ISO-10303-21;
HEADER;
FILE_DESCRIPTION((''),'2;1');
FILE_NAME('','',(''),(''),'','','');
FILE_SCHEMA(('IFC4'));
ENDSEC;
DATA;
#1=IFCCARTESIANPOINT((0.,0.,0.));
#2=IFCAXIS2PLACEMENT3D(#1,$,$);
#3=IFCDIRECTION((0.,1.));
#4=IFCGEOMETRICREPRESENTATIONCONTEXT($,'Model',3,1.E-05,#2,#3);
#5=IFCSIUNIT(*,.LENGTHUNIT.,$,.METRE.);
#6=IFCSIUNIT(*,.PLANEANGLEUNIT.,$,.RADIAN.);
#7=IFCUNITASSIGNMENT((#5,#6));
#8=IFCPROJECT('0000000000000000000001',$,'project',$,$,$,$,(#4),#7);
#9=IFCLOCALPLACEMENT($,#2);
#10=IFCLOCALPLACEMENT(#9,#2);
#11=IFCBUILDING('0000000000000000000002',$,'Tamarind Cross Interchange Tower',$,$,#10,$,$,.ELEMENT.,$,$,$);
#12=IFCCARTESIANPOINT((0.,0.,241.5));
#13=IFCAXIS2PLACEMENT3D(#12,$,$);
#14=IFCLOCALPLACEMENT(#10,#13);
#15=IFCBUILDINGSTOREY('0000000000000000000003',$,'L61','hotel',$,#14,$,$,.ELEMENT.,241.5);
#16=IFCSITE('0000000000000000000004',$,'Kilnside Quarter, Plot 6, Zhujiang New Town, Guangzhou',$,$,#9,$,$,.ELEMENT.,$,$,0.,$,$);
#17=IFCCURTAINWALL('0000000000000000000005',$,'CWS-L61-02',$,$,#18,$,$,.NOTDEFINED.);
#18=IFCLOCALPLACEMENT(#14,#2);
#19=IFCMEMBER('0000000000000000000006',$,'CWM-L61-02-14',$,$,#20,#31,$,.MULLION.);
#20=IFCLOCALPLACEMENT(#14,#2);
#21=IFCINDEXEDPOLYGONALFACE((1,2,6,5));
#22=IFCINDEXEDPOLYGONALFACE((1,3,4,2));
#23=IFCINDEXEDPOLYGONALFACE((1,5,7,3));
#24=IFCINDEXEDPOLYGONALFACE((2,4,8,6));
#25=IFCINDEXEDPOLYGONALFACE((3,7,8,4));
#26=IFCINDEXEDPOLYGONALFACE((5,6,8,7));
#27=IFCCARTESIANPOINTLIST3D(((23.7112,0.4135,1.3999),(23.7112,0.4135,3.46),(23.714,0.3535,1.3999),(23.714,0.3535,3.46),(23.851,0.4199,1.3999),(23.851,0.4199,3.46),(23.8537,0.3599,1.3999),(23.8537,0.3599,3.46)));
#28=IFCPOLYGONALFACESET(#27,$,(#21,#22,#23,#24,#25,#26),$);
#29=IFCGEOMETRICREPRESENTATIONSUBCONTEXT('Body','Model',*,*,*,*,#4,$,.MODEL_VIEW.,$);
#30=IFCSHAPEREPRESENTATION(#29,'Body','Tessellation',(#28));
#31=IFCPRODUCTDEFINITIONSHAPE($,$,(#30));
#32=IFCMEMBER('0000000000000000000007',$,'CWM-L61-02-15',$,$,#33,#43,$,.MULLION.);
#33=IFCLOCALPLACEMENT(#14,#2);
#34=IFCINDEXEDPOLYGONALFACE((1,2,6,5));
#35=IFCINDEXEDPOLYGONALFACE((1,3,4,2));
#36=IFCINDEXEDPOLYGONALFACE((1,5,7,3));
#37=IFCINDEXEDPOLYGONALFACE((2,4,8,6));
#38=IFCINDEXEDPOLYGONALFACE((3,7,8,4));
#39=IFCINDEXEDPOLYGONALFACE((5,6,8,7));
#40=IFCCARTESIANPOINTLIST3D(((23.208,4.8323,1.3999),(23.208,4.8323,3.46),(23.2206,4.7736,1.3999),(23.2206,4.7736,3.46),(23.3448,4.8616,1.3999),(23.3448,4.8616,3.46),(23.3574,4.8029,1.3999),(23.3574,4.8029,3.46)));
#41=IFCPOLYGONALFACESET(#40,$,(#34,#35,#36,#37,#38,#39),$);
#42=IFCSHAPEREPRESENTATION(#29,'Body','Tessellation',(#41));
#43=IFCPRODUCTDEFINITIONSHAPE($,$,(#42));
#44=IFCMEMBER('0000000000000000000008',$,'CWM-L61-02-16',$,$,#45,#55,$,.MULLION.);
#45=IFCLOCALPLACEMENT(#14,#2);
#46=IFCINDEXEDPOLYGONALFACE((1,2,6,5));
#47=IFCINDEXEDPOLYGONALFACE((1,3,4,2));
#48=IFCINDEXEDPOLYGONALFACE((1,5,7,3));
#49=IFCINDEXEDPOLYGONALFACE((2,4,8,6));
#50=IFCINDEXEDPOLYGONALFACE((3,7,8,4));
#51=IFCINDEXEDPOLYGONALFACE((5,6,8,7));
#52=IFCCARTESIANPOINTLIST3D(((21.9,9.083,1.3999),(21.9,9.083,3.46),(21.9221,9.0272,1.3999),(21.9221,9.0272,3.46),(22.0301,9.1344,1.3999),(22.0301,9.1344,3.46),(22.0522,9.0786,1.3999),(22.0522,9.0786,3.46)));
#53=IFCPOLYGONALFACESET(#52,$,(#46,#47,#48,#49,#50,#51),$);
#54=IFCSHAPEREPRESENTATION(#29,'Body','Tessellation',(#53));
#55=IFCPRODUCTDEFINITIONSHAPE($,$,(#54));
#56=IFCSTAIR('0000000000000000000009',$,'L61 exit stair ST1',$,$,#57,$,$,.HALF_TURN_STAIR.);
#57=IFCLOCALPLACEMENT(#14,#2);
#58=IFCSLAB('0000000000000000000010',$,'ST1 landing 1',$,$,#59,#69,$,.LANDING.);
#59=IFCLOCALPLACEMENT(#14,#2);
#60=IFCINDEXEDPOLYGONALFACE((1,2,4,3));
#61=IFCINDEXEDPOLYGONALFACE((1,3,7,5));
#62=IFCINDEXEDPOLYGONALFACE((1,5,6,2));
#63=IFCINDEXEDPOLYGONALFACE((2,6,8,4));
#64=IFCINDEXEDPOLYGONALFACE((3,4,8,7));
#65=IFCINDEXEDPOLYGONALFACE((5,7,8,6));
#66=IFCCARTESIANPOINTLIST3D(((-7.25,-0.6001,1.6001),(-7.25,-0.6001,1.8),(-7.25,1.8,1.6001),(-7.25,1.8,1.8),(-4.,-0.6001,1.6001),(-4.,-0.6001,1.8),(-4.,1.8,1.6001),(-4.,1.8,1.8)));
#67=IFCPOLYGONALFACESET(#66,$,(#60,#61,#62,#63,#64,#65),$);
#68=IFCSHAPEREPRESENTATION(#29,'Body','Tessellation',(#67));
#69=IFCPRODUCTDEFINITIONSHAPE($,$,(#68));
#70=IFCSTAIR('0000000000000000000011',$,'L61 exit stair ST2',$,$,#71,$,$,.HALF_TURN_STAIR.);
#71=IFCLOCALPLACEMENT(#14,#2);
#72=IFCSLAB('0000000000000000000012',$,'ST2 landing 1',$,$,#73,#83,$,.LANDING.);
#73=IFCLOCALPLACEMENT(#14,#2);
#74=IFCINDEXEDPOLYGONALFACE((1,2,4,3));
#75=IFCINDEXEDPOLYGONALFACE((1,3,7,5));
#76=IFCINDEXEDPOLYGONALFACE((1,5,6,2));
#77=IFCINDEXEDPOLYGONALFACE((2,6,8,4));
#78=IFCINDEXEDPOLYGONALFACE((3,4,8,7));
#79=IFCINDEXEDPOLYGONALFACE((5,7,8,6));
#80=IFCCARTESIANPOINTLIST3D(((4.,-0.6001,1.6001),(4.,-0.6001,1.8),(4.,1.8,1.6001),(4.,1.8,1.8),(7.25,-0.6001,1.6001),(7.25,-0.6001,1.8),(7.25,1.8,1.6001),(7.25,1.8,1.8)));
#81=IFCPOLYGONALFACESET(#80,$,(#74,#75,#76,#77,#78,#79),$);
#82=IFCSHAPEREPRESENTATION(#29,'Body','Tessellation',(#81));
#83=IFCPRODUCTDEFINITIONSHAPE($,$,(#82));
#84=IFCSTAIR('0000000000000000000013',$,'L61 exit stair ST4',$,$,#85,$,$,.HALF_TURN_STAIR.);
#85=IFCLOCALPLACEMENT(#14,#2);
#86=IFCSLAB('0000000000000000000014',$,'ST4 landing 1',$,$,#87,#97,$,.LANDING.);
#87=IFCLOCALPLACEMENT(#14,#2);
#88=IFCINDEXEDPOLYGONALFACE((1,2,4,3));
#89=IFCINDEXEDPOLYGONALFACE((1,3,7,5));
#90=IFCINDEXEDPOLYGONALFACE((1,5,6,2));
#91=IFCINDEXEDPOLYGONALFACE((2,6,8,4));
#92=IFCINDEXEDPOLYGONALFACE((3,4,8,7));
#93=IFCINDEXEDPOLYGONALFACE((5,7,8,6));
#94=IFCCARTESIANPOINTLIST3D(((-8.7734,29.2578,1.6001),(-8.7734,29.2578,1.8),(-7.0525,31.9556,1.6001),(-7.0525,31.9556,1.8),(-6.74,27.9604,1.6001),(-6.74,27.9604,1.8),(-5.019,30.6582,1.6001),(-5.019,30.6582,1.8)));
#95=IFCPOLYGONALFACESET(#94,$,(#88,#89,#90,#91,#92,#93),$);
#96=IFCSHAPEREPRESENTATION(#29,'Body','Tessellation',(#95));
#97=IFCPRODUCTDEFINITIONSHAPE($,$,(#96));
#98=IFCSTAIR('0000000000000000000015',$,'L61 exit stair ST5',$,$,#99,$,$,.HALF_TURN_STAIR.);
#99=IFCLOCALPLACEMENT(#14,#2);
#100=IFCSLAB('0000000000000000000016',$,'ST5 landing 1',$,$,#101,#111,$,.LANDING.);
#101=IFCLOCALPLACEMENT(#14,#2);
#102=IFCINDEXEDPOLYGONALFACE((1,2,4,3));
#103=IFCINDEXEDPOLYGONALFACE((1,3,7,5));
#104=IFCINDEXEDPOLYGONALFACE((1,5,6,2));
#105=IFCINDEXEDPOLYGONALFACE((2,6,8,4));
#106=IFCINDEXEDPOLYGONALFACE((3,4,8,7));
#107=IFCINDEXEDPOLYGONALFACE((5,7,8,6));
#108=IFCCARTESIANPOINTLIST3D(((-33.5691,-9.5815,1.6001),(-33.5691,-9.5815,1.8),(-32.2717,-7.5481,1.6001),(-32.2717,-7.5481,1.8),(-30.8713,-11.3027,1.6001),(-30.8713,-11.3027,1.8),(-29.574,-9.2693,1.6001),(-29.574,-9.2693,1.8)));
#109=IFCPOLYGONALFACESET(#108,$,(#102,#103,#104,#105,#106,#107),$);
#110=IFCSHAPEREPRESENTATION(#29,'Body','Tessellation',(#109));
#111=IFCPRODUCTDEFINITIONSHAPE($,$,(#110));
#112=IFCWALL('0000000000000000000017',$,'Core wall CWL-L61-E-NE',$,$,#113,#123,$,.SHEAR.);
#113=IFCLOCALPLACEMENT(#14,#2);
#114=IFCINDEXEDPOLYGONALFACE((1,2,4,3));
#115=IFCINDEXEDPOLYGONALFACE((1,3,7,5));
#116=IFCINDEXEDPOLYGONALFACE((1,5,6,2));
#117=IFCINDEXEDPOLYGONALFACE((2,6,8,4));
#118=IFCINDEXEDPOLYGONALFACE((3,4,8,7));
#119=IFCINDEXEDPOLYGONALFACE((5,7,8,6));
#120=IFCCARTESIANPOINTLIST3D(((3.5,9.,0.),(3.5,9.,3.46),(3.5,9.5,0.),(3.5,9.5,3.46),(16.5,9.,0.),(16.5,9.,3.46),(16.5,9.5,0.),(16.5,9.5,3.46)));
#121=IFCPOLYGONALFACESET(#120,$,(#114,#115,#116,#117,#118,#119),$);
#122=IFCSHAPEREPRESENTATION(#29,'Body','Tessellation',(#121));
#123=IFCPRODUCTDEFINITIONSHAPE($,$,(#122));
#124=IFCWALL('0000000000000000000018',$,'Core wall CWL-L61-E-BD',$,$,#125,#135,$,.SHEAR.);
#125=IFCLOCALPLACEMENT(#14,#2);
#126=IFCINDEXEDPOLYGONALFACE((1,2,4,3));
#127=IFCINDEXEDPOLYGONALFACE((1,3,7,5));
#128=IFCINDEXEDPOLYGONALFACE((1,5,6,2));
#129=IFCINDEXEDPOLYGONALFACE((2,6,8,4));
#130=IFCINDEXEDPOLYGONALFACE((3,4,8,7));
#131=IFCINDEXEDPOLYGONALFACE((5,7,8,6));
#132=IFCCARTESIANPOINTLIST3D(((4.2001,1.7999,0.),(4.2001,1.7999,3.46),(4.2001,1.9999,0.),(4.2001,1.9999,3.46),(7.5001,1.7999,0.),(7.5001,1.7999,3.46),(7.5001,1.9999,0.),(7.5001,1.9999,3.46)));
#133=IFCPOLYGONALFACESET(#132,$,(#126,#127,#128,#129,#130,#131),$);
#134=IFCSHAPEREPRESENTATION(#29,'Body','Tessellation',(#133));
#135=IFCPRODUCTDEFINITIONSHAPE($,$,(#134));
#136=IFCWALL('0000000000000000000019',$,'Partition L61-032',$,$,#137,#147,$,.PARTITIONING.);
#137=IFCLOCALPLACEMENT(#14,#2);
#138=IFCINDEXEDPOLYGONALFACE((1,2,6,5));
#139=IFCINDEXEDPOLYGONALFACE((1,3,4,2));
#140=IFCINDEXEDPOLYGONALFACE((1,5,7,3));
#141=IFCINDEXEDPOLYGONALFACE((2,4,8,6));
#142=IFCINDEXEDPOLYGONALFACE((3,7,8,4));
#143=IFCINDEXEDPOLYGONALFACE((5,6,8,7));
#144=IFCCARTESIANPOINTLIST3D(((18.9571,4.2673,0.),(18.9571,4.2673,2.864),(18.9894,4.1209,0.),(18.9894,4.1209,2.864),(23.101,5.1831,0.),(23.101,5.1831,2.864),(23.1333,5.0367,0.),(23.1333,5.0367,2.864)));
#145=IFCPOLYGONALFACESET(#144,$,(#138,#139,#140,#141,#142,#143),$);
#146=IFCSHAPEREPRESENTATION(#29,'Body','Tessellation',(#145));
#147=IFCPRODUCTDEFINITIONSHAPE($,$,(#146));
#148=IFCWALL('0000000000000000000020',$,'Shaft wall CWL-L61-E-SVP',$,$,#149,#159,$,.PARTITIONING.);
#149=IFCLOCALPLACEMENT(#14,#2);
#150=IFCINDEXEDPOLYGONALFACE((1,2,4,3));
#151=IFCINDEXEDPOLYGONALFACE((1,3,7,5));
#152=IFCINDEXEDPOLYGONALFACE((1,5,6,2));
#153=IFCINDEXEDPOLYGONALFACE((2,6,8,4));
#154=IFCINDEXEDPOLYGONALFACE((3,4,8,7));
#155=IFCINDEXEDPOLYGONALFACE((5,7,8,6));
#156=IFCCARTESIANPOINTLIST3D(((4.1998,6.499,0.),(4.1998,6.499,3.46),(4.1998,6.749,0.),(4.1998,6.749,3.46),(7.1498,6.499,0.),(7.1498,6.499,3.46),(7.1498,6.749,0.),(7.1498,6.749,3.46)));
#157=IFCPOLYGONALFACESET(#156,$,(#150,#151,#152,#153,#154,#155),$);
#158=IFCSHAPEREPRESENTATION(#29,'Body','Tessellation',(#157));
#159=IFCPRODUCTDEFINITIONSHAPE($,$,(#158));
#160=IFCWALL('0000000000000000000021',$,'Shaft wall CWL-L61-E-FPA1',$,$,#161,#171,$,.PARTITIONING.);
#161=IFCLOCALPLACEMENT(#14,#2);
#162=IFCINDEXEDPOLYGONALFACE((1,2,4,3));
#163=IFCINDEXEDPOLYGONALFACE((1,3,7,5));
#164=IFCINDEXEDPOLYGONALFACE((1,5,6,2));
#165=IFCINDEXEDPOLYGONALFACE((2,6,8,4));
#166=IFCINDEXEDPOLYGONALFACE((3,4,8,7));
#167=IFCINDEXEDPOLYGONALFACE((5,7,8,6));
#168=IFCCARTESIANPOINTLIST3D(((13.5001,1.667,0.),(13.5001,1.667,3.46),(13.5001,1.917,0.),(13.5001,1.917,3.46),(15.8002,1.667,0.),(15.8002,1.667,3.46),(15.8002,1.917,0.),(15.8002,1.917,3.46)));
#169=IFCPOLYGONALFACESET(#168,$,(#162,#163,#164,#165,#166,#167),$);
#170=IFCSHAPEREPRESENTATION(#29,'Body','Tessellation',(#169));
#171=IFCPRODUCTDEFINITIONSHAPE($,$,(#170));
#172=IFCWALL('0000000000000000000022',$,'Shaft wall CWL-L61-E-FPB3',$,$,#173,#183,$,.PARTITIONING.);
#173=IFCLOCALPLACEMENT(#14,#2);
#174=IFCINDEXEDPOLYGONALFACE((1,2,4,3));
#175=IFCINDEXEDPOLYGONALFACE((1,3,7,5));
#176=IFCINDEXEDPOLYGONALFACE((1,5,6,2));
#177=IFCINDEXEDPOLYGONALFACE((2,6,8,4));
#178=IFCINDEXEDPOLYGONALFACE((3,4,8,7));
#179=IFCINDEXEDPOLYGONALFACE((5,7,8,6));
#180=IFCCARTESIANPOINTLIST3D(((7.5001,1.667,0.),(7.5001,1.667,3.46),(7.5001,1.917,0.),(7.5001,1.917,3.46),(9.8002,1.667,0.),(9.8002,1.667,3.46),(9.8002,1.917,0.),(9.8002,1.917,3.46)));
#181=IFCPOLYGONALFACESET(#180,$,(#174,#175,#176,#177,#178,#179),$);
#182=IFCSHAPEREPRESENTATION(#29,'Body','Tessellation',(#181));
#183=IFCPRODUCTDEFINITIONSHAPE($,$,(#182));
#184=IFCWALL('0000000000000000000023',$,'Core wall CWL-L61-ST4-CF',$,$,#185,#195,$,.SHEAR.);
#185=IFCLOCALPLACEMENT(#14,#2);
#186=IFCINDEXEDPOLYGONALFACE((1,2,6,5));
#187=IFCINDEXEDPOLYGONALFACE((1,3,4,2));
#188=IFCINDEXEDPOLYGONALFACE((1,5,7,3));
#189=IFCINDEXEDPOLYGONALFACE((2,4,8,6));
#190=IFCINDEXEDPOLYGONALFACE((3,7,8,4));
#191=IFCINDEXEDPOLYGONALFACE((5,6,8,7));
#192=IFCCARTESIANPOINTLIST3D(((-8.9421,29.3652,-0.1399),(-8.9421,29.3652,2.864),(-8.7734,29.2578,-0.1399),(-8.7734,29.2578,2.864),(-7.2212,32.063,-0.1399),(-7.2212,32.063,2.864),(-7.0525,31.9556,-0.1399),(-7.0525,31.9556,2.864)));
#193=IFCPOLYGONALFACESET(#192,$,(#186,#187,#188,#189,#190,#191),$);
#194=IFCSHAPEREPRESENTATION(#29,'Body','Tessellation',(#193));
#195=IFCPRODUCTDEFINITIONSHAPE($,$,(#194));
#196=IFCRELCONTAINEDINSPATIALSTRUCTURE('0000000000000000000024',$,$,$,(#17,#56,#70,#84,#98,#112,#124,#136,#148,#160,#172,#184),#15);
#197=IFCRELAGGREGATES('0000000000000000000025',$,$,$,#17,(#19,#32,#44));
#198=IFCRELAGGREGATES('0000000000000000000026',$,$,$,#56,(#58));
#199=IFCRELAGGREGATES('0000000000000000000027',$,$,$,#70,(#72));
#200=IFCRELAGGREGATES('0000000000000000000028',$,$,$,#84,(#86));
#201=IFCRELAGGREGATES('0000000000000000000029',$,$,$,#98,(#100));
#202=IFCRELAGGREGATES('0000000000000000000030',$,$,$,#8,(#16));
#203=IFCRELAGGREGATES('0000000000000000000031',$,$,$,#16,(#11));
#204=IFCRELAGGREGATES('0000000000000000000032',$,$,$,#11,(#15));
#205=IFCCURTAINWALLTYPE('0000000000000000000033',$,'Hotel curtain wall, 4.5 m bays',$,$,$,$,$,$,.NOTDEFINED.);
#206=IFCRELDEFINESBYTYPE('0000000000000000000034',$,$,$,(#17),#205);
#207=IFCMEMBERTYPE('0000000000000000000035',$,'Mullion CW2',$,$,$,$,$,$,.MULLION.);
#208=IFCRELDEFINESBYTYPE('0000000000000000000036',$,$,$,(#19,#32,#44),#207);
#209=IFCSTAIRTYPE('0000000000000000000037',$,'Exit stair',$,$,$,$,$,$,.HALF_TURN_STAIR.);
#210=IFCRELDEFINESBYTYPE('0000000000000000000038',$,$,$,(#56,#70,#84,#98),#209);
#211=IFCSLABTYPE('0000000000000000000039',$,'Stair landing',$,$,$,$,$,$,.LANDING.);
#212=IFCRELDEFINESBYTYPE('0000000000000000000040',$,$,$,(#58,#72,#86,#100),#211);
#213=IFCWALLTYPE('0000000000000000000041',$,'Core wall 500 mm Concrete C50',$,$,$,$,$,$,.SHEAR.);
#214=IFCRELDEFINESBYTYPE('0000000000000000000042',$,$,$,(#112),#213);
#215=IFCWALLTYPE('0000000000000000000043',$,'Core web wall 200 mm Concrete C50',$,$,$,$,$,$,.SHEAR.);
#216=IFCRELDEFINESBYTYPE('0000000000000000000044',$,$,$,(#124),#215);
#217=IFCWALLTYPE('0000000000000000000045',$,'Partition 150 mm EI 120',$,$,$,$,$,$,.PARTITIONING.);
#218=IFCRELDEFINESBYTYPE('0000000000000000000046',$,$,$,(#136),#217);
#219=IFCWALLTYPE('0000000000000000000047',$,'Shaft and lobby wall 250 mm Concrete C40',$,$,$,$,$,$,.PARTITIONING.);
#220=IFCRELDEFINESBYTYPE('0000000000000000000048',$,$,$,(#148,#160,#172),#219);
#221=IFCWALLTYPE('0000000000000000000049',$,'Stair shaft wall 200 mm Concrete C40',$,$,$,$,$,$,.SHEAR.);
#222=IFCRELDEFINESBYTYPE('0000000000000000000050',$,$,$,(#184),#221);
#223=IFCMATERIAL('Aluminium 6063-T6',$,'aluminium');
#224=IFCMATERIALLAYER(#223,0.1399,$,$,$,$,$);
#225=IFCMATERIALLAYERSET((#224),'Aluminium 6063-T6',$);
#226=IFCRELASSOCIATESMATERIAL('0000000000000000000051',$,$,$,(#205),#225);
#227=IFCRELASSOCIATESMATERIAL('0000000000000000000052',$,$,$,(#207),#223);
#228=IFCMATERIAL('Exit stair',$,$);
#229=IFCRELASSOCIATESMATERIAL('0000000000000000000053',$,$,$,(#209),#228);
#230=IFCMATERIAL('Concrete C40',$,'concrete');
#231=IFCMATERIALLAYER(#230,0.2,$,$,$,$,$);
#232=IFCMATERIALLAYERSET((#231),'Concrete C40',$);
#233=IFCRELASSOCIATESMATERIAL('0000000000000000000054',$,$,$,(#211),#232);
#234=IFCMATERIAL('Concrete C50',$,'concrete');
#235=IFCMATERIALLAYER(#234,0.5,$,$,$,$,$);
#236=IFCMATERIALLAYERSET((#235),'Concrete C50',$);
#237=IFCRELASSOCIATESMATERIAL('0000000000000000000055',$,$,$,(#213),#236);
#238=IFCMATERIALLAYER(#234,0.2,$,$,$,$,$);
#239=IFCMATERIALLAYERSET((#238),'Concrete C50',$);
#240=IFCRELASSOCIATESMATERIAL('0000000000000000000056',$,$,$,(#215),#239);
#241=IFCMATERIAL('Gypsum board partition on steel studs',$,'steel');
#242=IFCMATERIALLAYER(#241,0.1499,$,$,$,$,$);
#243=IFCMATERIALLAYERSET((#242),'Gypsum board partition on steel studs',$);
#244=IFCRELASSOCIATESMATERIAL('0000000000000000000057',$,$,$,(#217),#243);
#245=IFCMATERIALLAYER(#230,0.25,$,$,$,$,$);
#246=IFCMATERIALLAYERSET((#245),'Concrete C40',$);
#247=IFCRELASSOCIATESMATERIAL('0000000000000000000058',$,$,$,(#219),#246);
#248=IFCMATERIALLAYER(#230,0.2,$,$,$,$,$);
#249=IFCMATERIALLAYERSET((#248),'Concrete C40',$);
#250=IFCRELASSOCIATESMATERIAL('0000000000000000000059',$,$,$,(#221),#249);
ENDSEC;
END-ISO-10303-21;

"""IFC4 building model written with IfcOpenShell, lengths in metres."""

from ifc_helpers import new_model, si_unit, direction, frame, frame_2d, origin, origin_2d, place, context, subcontext, project, spatial, polyline, rectangle, outline, extrude, material, layer, layer_set, material_profile, profile_set, type_object, element, aggregate, save


model = new_model("IFC4")

# Units and contexts
model_context = context("Model", 3, precision=1e-05, world=origin(), true_north=direction((0.0, 1.0)))
body_context = subcontext(model_context, "Body", "Model", "MODEL_VIEW")
ifc_project = project(units=[si_unit("LENGTHUNIT", "METRE"), si_unit("PLANEANGLEUNIT", "RADIAN")], contexts=[model_context])

# Site, building, storey
site_placement = place(None, origin())
site = spatial("IfcSite", under=ifc_project, at=site_placement, Name="Kilnside Quarter, Plot 6, Zhujiang New Town, Guangzhou", CompositionType="ELEMENT", RefElevation=0.0)
building_placement = place(site_placement, origin())
building = spatial("IfcBuilding", under=site, at=building_placement, Name="Tamarind Cross Interchange Tower", CompositionType="ELEMENT")
storey_placement = place(building_placement, frame((0.0, 0.0, 241.5)))
storey = spatial("IfcBuildingStorey", under=building, at=storey_placement, Name="L61", Description="hotel", CompositionType="ELEMENT", Elevation=241.5)

# Shared definitions
ifc_material_1 = material(Name="Concrete C50", Category="concrete")

# Curtain wall, members
ifc_material_2 = material(Name="Aluminium 6063-T6", Category="aluminium")
ifc_layer_1 = layer(ifc_material_2, 0.1399)
ifc_layer_set_1 = layer_set([ifc_layer_1], Name="Aluminium 6063-T6")
curtain_wall_type = type_object("IfcCurtainWallType", Name="Hotel curtain wall, 4.5 m bays", PredefinedType="NOTDEFINED", material=ifc_layer_set_1)
curtain_wall_placement = place(storey_placement, origin())
curtain_wall = element("IfcCurtainWall", 1, at=curtain_wall_placement, inside=storey, type_object=curtain_wall_type, Name="CWS-L61-02", PredefinedType="NOTDEFINED")
ifc_material_profile_1 = material_profile(ifc_material_2, rectangle(XDim=0.0601, YDim=0.1399, at=origin_2d()), Name="Mullion CW2")
ifc_profile_set_1 = profile_set([ifc_material_profile_1], Name="Aluminium 6063-T6")
member_type = type_object("IfcMemberType", Name="Mullion CW2", PredefinedType="MULLION", material=ifc_profile_set_1)
member_1_placement = place(storey_placement, frame((23.7825, 0.3867, 1.3999), z_axis=(0.0, 0.0, 1.0), x_axis=(-0.045624, 0.998959, 0.0)))
member_1 = element("IfcMember", 2, at=member_1_placement, type_object=member_type, Name="CWM-L61-02-14", PredefinedType="MULLION", context=body_context, shape_type="SweptSolid", body=[
    extrude(rectangle(XDim=0.0601, YDim=0.1399, at=origin_2d()), origin(), (0.0, 0.0, 1.0), 2.0601),
])
member_2_placement = place(storey_placement, frame((23.2827, 4.8176, 1.3999), z_axis=(0.0, 0.0, 1.0), x_axis=(-0.209425, 0.977825, 0.0)))
member_2 = element("IfcMember", 3, at=member_2_placement, type_object=member_type, Name="CWM-L61-02-15", PredefinedType="MULLION", context=body_context, shape_type="SweptSolid", body=[
    extrude(rectangle(XDim=0.0601, YDim=0.1399, at=origin_2d()), origin(), (0.0, 0.0, 1.0), 2.0601),
])
member_3_placement = place(storey_placement, frame((21.9761, 9.0808, 1.3999), z_axis=(0.0, 0.0, 1.0), x_axis=(-0.367514, 0.930018, 0.0)))
member_3 = element("IfcMember", 4, at=member_3_placement, type_object=member_type, Name="CWM-L61-02-16", PredefinedType="MULLION", context=body_context, shape_type="SweptSolid", body=[
    extrude(rectangle(XDim=0.0601, YDim=0.1399, at=origin_2d()), origin(), (0.0, 0.0, 1.0), 2.0601),
])
aggregate(curtain_wall, [member_1, member_2, member_3])

# Stairs, slabs
ifc_material_3 = material(Name="Exit stair")
stair_type = type_object("IfcStairType", Name="Exit stair", PredefinedType="HALF_TURN_STAIR", material=ifc_material_3)
stair_1_placement = place(storey_placement, origin())
stair_1 = element("IfcStair", 5, at=stair_1_placement, inside=storey, type_object=stair_type, Name="L61 exit stair ST1", PredefinedType="HALF_TURN_STAIR")
ifc_material_4 = material(Name="Concrete C40", Category="concrete")
ifc_layer_2 = layer(ifc_material_4, 0.2)
ifc_layer_set_2 = layer_set([ifc_layer_2], Name="Concrete C40")
slab_type = type_object("IfcSlabType", Name="Stair landing", PredefinedType="LANDING", material=ifc_layer_set_2)
slab_1_placement = place(storey_placement, frame((0.0, 0.0, 1.6001)))
slab_1 = element("IfcSlab", 6, at=slab_1_placement, type_object=slab_type, Name="ST1 landing 1", PredefinedType="LANDING", context=body_context, shape_type="SweptSolid", body=[
    extrude(outline(polyline([(-4.0, -0.6001), (-4.0, 1.8), (-7.25, 1.8), (-7.25, -0.6001), (-4.0, -0.6001)])), origin(), (0.0, 0.0, 1.0), 0.2),
])
aggregate(stair_1, [slab_1])
stair_2_placement = place(storey_placement, origin())
stair_2 = element("IfcStair", 7, at=stair_2_placement, inside=storey, type_object=stair_type, Name="L61 exit stair ST2", PredefinedType="HALF_TURN_STAIR")
slab_2_placement = place(storey_placement, frame((0.0, 0.0, 1.6001)))
slab_2 = element("IfcSlab", 8, at=slab_2_placement, type_object=slab_type, Name="ST2 landing 1", PredefinedType="LANDING", context=body_context, shape_type="SweptSolid", body=[
    extrude(outline(polyline([(7.25, -0.6001), (7.25, 1.8), (4.0, 1.8), (4.0, -0.6001), (7.25, -0.6001)])), origin(), (0.0, 0.0, 1.0), 0.2),
])
aggregate(stair_2, [slab_2])
stair_3_placement = place(storey_placement, origin())
stair_3 = element("IfcStair", 9, at=stair_3_placement, inside=storey, type_object=stair_type, Name="L61 exit stair ST4", PredefinedType="HALF_TURN_STAIR")
slab_3_placement = place(storey_placement, frame((0.0, 0.0, 1.6001)))
slab_3 = element("IfcSlab", 10, at=slab_3_placement, type_object=slab_type, Name="ST4 landing 1", PredefinedType="LANDING", context=body_context, shape_type="SweptSolid", body=[
    extrude(outline(polyline([(-5.019, 30.6582), (-7.0525, 31.9556), (-8.7734, 29.2578), (-6.74, 27.9604), (-5.019, 30.6582)])), origin(), (0.0, 0.0, 1.0), 0.2),
])
aggregate(stair_3, [slab_3])
stair_4_placement = place(storey_placement, origin())
stair_4 = element("IfcStair", 11, at=stair_4_placement, inside=storey, type_object=stair_type, Name="L61 exit stair ST5", PredefinedType="HALF_TURN_STAIR")
slab_4_placement = place(storey_placement, frame((0.0, 0.0, 1.6001)))
slab_4 = element("IfcSlab", 12, at=slab_4_placement, type_object=slab_type, Name="ST5 landing 1", PredefinedType="LANDING", context=body_context, shape_type="SweptSolid", body=[
    extrude(outline(polyline([(-32.2717, -7.5481), (-33.5691, -9.5815), (-30.8713, -11.3027), (-29.574, -9.2693), (-32.2717, -7.5481)])), origin(), (0.0, 0.0, 1.0), 0.2),
])
aggregate(stair_4, [slab_4])

# Walls
ifc_layer_3 = layer(ifc_material_1, 0.5)
ifc_layer_set_3 = layer_set([ifc_layer_3], Name="Concrete C50")
wall_type_1 = type_object("IfcWallType", Name="Core wall 500 mm Concrete C50", PredefinedType="SHEAR", material=ifc_layer_set_3)
wall_1_placement = place(storey_placement, frame((16.5, 9.25, 0.0), z_axis=(0.0, 0.0, 1.0), x_axis=(-1.0, 0.0, 0.0)))
element("IfcWall", 13, at=wall_1_placement, inside=storey, type_object=wall_type_1, Name="Core wall CWL-L61-E-NE", PredefinedType="SHEAR", context=body_context, shape_type="SweptSolid", body=[
    extrude(rectangle(XDim=13.0, YDim=0.5, at=frame_2d((6.5, 0.0))), origin(), (0.0, 0.0, 1.0), 3.46),
])
ifc_layer_4 = layer(ifc_material_1, 0.2)
ifc_layer_set_4 = layer_set([ifc_layer_4], Name="Concrete C50")
wall_type_2 = type_object("IfcWallType", Name="Core web wall 200 mm Concrete C50", PredefinedType="SHEAR", material=ifc_layer_set_4)
wall_2_placement = place(storey_placement, frame((7.5, 1.8999, 0.0), z_axis=(0.0, 0.0, 1.0), x_axis=(-1.0, 0.0, 0.0)))
element("IfcWall", 14, at=wall_2_placement, inside=storey, type_object=wall_type_2, Name="Core wall CWL-L61-E-BD", PredefinedType="SHEAR", context=body_context, shape_type="SweptSolid", body=[
    extrude(rectangle(XDim=3.3, YDim=0.2, at=frame_2d((1.6499, 0.0))), origin(), (0.0, 0.0, 1.0), 3.46),
])
ifc_material_5 = material(Name="Gypsum board partition on steel studs", Category="steel")
ifc_layer_5 = layer(ifc_material_5, 0.1499)
ifc_layer_set_5 = layer_set([ifc_layer_5], Name="Gypsum board partition on steel studs")
wall_type_3 = type_object("IfcWallType", Name="Partition 150 mm EI 120", PredefinedType="PARTITIONING", material=ifc_layer_set_5)
wall_3_placement = place(storey_placement, frame((18.9731, 4.1941, 0.0), z_axis=(0.0, 0.0, 1.0), x_axis=(0.97644, 0.215791, 0.0)))
element("IfcWall", 15, at=wall_3_placement, inside=storey, type_object=wall_type_3, Name="Partition L61-032", PredefinedType="PARTITIONING", context=body_context, shape_type="SweptSolid", body=[
    extrude(rectangle(XDim=4.2439, YDim=0.1499, at=frame_2d((2.1221, 0.0))), origin(), (0.0, 0.0, 1.0), 2.864),
])
ifc_layer_6 = layer(ifc_material_4, 0.25)
ifc_layer_set_6 = layer_set([ifc_layer_6], Name="Concrete C40")
wall_type_4 = type_object("IfcWallType", Name="Shaft and lobby wall 250 mm Concrete C40", PredefinedType="PARTITIONING", material=ifc_layer_set_6)
wall_4_placement = place(storey_placement, frame((7.1499, 6.624, 0.0), z_axis=(0.0, 0.0, 1.0), x_axis=(-1.0, 0.0, 0.0)))
element("IfcWall", 16, at=wall_4_placement, inside=storey, type_object=wall_type_4, Name="Shaft wall CWL-L61-E-SVP", PredefinedType="PARTITIONING", context=body_context, shape_type="SweptSolid", body=[
    extrude(rectangle(XDim=2.95, YDim=0.25, at=frame_2d((1.4751, 0.0))), origin(), (0.0, 0.0, 1.0), 3.46),
])
for number, where, z_axis, x_axis, name in (
    (17, (15.8, 1.792, 0.0), (0.0, 0.0, 1.0), (-1.0, 0.0, 0.0), "Shaft wall CWL-L61-E-FPA1"),
    (18, (9.8, 1.792, 0.0), (0.0, 0.0, 1.0), (-1.0, 0.0, 0.0), "Shaft wall CWL-L61-E-FPB3"),
):
    element("IfcWall", number, at=place(storey_placement, frame(where, z_axis=z_axis, x_axis=x_axis)), inside=storey, type_object=wall_type_4, Name=name, PredefinedType="PARTITIONING", context=body_context, shape_type="SweptSolid", body=[
        extrude(rectangle(XDim=2.3, YDim=0.25, at=frame_2d((1.1499, 0.0))), origin(), (0.0, 0.0, 1.0), 3.46),
    ])
ifc_layer_7 = layer(ifc_material_4, 0.2)
ifc_layer_set_7 = layer_set([ifc_layer_7], Name="Concrete C40")
wall_type_5 = type_object("IfcWallType", Name="Stair shaft wall 200 mm Concrete C40", PredefinedType="SHEAR", material=ifc_layer_set_7)
wall_5_placement = place(storey_placement, frame((0.0, 0.0, -0.1399)))
element("IfcWall", 19, at=wall_5_placement, inside=storey, type_object=wall_type_5, Name="Core wall CWL-L61-ST4-CF", PredefinedType="SHEAR", context=body_context, shape_type="SweptSolid", body=[
    extrude(outline(polyline([(-7.0525, 31.9556), (-7.2212, 32.063), (-8.9421, 29.3652), (-8.7734, 29.2578), (-7.0525, 31.9556)])), origin(), (0.0, 0.0, 1.0), 3.0039),
])

save(model, "model.ifc")
